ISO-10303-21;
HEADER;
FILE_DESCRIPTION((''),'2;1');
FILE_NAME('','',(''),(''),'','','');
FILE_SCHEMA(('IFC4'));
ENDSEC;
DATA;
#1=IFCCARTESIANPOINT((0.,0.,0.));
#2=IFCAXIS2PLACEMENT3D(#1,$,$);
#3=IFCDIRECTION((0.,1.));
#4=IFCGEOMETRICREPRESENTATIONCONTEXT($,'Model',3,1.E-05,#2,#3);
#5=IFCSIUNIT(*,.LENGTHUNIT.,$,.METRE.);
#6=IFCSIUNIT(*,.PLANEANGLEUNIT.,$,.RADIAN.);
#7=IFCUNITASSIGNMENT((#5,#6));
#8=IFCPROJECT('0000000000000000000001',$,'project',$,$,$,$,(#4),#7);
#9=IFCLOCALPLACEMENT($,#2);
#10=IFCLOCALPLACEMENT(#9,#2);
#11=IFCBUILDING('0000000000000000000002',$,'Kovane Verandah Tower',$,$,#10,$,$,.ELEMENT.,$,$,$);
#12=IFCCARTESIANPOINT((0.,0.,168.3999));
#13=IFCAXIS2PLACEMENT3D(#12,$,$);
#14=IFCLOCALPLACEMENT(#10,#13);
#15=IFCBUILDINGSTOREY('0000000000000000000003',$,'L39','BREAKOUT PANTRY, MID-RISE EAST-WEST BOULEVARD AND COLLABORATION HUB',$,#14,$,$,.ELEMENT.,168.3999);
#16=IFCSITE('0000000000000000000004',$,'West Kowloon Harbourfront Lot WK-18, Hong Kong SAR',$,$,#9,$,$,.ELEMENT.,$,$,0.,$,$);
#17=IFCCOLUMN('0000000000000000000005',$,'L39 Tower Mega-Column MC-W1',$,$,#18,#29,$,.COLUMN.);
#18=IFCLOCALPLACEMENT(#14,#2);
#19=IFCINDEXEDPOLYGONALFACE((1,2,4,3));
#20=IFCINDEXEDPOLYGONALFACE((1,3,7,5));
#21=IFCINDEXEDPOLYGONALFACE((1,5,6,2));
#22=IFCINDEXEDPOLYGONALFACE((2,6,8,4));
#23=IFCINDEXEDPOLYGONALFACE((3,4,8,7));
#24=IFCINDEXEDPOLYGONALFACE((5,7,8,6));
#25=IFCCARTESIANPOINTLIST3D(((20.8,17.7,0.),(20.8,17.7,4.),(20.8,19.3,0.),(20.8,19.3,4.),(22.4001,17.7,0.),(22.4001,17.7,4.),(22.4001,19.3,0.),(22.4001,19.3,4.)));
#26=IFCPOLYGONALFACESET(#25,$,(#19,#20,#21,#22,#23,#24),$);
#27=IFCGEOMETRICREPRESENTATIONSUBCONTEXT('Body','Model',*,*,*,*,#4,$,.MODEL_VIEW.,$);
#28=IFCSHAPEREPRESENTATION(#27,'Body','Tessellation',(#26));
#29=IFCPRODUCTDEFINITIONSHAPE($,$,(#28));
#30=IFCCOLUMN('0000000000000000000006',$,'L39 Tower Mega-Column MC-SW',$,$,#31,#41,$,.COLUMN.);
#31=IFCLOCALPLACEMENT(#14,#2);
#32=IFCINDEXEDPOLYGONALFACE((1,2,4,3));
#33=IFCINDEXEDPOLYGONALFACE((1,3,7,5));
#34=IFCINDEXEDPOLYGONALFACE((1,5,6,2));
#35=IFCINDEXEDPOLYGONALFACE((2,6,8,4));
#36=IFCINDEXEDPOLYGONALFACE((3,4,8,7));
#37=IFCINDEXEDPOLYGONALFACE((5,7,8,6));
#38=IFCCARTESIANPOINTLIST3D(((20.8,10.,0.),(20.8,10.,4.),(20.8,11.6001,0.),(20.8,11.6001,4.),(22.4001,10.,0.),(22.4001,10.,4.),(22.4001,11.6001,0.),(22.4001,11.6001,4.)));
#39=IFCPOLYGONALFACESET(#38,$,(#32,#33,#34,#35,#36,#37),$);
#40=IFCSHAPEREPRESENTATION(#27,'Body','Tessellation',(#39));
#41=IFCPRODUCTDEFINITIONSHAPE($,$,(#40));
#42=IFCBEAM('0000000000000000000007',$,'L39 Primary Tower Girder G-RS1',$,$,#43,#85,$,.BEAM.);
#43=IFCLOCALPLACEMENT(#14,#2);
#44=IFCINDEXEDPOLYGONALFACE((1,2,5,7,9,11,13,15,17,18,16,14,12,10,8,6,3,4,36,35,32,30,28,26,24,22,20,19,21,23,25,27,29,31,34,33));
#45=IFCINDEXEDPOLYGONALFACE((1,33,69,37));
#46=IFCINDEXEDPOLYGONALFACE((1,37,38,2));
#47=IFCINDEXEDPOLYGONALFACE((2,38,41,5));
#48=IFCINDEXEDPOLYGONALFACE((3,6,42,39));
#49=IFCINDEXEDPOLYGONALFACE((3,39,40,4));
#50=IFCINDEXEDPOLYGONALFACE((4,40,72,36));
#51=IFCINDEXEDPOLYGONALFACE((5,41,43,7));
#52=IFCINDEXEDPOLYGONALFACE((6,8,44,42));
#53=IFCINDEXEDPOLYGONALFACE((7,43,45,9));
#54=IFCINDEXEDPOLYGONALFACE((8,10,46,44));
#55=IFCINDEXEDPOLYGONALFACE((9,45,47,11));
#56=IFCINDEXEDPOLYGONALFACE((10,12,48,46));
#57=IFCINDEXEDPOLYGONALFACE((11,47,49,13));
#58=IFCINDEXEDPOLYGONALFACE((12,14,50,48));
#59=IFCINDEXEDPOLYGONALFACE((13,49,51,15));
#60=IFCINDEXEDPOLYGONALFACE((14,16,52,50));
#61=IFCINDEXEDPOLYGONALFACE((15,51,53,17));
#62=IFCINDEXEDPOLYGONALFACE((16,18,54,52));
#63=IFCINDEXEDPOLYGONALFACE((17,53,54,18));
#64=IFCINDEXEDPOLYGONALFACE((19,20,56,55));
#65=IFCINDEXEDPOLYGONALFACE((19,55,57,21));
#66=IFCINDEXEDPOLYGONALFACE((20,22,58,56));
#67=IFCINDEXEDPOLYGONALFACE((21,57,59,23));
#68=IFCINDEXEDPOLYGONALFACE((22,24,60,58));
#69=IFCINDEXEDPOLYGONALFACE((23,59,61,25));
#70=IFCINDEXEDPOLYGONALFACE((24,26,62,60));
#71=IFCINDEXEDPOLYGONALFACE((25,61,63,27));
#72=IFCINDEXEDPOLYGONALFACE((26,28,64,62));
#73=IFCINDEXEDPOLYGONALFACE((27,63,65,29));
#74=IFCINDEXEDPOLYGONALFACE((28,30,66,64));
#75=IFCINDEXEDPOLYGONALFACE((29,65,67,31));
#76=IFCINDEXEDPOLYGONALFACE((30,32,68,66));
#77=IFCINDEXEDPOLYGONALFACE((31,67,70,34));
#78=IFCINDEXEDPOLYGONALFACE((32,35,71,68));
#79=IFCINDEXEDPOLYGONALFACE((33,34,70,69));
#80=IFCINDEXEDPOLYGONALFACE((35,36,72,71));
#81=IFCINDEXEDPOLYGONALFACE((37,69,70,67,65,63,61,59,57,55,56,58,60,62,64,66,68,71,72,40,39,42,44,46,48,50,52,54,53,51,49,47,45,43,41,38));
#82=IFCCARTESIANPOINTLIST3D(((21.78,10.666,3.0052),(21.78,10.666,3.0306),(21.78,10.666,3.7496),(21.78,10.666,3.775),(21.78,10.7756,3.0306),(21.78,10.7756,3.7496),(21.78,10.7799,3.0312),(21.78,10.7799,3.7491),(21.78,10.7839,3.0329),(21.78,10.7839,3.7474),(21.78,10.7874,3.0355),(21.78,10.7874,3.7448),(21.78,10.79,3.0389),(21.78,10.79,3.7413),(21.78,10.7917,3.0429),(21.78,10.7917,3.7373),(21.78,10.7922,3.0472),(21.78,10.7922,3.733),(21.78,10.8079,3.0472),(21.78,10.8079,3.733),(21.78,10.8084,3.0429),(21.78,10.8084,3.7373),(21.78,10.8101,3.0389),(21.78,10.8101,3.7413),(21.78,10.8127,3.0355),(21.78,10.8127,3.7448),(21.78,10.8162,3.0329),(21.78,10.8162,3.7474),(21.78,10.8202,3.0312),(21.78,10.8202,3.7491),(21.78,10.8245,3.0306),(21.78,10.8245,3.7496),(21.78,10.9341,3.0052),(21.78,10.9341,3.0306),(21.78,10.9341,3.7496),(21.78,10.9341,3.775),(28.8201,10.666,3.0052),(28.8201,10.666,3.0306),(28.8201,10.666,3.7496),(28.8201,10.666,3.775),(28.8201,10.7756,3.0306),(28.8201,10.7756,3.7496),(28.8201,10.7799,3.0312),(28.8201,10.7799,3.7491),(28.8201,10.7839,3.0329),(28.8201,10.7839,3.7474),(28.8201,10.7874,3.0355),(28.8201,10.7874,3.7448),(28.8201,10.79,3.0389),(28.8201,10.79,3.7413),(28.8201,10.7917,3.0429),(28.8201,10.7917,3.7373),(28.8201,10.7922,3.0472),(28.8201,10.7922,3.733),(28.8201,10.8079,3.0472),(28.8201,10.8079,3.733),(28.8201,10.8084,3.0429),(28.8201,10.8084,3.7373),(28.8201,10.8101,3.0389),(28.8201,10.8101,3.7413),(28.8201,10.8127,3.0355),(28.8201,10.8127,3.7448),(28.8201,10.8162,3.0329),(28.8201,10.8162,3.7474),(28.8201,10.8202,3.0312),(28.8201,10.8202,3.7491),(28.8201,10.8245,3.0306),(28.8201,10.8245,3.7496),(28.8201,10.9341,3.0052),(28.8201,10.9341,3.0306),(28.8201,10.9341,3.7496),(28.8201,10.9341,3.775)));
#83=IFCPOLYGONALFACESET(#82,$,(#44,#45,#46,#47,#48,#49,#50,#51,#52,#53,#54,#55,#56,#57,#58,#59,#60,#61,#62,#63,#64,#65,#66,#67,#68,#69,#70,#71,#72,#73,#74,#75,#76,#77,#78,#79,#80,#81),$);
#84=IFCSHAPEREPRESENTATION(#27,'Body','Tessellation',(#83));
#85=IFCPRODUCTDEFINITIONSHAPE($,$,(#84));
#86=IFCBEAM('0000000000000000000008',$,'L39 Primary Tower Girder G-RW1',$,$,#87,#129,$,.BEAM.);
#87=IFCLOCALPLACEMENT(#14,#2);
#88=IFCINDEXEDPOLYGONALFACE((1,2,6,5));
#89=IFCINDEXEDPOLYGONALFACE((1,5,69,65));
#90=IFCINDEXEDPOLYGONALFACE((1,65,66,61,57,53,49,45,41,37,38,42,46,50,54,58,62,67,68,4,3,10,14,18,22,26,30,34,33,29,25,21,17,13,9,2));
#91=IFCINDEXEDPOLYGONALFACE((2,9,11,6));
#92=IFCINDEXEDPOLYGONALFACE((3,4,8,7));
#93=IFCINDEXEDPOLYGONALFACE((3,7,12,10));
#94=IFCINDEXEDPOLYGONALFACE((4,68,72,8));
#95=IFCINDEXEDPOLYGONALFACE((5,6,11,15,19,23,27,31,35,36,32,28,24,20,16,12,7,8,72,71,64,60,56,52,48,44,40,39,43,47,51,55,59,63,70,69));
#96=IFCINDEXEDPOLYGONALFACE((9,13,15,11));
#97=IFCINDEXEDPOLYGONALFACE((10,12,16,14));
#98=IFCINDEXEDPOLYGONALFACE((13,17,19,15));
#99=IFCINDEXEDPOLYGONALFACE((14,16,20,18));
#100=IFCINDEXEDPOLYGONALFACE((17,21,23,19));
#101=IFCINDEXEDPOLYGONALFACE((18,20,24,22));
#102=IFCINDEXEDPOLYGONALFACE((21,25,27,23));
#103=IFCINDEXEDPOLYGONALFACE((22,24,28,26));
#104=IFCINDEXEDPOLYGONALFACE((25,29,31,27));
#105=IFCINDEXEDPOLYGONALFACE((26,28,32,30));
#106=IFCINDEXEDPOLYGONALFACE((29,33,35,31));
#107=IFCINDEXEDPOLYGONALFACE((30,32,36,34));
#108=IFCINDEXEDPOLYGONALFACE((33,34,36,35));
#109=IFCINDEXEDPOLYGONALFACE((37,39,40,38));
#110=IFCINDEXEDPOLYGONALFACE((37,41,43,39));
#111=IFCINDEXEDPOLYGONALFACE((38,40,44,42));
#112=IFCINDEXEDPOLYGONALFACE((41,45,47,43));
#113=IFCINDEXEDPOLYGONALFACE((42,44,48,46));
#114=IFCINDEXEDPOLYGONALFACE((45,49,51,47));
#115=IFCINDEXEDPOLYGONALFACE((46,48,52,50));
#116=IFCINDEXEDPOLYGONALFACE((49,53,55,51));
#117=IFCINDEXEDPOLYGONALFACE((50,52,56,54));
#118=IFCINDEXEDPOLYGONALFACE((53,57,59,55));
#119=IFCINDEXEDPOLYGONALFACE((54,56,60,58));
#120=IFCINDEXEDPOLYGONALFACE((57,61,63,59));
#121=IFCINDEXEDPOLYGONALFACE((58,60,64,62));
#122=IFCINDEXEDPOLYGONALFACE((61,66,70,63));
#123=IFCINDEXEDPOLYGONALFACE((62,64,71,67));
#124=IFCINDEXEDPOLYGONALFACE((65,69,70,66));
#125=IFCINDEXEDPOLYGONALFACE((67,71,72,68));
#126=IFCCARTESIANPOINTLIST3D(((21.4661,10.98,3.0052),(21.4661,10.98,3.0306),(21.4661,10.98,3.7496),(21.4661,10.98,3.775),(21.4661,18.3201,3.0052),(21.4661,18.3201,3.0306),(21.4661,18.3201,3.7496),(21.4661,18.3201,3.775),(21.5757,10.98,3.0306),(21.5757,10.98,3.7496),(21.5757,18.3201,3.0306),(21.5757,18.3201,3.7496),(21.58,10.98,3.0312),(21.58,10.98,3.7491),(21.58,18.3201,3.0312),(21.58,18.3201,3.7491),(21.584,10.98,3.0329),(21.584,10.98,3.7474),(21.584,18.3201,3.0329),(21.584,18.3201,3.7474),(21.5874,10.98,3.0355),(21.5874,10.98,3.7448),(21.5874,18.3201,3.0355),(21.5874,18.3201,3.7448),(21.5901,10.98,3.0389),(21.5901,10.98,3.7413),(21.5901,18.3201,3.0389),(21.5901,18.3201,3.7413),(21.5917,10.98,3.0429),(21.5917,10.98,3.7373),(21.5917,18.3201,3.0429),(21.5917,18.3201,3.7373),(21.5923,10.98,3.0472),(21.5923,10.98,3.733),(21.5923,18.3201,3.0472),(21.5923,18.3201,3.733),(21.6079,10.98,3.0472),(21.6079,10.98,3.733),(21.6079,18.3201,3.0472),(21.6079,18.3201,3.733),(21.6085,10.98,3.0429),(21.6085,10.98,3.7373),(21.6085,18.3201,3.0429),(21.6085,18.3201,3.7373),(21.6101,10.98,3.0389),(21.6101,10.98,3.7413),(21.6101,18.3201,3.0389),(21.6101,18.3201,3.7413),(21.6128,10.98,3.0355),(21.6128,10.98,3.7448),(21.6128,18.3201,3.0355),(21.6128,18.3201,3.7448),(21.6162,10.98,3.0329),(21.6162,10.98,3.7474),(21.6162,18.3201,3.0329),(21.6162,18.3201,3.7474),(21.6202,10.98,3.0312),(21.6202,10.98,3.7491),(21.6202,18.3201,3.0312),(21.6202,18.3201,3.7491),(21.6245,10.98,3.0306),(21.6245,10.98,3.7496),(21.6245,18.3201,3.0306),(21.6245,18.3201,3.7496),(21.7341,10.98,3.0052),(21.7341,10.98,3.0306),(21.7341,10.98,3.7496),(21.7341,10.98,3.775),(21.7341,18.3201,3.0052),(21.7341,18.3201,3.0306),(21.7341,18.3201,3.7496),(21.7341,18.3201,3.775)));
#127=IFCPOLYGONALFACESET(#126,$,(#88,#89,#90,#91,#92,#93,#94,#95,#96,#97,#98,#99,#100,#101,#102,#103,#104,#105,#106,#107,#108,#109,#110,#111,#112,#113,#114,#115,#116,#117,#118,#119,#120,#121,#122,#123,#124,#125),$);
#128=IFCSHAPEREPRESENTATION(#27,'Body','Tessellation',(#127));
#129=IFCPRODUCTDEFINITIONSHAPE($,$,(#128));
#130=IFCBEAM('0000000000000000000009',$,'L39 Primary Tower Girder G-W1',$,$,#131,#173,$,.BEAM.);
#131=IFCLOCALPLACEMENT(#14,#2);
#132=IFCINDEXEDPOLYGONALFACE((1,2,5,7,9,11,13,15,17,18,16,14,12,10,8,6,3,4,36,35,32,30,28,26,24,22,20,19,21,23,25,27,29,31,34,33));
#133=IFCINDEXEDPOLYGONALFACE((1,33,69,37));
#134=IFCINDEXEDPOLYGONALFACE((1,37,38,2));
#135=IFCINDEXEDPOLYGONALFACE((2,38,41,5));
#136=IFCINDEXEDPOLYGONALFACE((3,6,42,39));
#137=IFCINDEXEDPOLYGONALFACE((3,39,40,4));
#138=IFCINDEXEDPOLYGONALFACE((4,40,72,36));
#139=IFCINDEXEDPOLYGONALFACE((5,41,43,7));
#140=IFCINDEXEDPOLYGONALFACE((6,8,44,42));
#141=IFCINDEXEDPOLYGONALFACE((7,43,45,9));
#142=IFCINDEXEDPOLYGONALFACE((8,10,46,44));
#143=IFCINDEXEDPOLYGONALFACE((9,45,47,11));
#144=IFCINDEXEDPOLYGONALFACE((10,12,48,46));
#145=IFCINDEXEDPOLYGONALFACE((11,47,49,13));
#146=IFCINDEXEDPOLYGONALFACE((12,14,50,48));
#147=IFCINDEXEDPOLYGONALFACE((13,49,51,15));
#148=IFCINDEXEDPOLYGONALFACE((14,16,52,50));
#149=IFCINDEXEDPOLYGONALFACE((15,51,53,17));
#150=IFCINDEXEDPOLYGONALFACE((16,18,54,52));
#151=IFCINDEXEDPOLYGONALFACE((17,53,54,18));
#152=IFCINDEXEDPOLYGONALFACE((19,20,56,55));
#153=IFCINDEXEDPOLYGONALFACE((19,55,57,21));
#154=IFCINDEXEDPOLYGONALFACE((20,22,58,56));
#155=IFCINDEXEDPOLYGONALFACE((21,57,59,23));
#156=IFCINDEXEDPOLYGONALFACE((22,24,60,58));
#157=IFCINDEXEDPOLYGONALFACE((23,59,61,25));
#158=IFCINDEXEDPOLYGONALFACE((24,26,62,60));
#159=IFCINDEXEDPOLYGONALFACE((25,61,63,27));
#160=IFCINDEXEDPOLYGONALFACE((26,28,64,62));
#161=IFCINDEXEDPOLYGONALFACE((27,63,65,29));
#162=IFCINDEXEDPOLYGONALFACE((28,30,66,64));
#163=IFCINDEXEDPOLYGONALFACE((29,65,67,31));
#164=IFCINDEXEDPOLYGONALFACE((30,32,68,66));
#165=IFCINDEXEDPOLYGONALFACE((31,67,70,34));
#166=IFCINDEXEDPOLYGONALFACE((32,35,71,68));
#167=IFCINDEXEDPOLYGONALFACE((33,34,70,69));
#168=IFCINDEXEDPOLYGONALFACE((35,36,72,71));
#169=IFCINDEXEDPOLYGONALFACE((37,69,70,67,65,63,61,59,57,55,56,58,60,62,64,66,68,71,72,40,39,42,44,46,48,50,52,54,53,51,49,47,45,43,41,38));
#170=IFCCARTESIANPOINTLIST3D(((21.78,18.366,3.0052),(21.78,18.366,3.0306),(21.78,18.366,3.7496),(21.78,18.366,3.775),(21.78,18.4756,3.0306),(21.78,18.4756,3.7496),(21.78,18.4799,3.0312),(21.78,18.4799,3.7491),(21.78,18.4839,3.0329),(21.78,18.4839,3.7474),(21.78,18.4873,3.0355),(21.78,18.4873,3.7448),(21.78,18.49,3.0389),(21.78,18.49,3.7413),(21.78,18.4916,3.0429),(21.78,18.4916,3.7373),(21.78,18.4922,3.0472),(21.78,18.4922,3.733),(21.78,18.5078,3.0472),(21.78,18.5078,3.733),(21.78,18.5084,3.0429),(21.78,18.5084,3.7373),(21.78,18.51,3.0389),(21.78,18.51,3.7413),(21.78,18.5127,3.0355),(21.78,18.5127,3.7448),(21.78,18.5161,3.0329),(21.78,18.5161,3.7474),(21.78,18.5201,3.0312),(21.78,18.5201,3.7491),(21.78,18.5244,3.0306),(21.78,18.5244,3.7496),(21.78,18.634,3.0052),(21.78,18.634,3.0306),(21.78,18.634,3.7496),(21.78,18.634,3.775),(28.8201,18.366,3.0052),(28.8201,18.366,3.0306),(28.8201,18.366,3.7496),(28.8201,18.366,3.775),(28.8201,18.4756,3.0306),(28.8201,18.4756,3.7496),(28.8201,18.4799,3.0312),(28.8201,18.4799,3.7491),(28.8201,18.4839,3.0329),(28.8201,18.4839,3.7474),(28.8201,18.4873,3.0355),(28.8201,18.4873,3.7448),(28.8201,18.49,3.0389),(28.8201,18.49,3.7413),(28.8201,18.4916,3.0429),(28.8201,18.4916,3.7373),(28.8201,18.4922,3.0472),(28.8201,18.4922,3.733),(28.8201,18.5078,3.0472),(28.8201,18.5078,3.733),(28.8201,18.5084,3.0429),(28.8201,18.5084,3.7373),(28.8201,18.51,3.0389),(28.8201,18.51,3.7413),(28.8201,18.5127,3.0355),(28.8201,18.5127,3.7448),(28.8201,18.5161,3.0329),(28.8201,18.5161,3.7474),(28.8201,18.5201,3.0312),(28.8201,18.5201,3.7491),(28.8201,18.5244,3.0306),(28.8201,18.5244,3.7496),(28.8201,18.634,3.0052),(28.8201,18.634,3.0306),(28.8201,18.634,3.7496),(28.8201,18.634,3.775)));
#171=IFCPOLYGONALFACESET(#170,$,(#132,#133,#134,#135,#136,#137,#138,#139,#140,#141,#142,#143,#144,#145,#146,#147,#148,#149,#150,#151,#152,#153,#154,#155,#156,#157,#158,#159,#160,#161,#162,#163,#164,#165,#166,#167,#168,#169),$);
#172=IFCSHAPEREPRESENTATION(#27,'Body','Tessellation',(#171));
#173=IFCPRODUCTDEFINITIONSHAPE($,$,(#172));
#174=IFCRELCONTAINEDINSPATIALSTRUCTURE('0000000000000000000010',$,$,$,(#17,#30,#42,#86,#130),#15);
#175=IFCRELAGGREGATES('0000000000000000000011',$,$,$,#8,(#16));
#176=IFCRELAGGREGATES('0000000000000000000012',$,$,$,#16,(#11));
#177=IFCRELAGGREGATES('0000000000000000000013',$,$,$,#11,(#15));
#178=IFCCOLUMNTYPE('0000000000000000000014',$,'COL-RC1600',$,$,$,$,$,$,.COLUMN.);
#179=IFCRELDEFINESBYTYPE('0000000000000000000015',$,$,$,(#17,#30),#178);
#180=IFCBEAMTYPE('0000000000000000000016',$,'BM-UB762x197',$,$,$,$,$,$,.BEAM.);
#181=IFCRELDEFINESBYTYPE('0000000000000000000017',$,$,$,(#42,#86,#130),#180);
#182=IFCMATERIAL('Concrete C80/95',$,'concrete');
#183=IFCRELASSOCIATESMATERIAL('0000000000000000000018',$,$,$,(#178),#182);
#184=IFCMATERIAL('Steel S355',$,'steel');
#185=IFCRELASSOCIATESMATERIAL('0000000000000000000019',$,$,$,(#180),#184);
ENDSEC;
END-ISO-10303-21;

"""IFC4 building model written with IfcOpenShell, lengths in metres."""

from ifc_helpers import new_model, si_unit, direction, frame, origin, origin_2d, place, context, subcontext, project, spatial, rectangle, i_section, extrude, material, material_profile, profile_set, type_object, element, save


model = new_model("IFC4")

# Units and contexts
model_context = context("Model", 3, precision=1e-05, world=origin(), true_north=direction((0.0, 1.0)))
body_context = subcontext(model_context, "Body", "Model", "MODEL_VIEW")
ifc_project = project(units=[si_unit("LENGTHUNIT", "METRE"), si_unit("PLANEANGLEUNIT", "RADIAN")], contexts=[model_context])

# Site, building, storey
site_placement = place(None, origin())
site = spatial("IfcSite", under=ifc_project, at=site_placement, Name="West Kowloon Harbourfront Lot WK-18, Hong Kong SAR", CompositionType="ELEMENT", RefElevation=0.0)
building_placement = place(site_placement, origin())
building = spatial("IfcBuilding", under=site, at=building_placement, Name="Kovane Verandah Tower", CompositionType="ELEMENT")
storey_placement = place(building_placement, frame((0.0, 0.0, 168.3999)))
storey = spatial("IfcBuildingStorey", under=building, at=storey_placement, Name="L39", Description="BREAKOUT PANTRY, MID-RISE EAST-WEST BOULEVARD AND COLLABORATION HUB", CompositionType="ELEMENT", Elevation=168.3999)

# Columns
ifc_material_1 = material(Name="Concrete C80/95", Category="concrete")
ifc_material_profile_1 = material_profile(ifc_material_1, rectangle(XDim=1.6001, YDim=1.6001, at=origin_2d()), Name="RC1600x1600")
ifc_profile_set_1 = profile_set([ifc_material_profile_1], Name="Concrete C80/95")
column_type = type_object("IfcColumnType", Name="COL-RC1600", PredefinedType="COLUMN", material=ifc_profile_set_1)
for number, where, z_axis, x_axis, name in (
    (1, (21.6001, 18.5, 0.0), (0.0, 0.0, 1.0), (1.0, 0.0, 0.0), "L39 Tower Mega-Column MC-W1"),
    (2, (21.6001, 10.8, 0.0), (0.0, 0.0, 1.0), (1.0, 0.0, 0.0), "L39 Tower Mega-Column MC-SW"),
):
    element("IfcColumn", number, at=place(storey_placement, frame(where, z_axis=z_axis, x_axis=x_axis)), inside=storey, type_object=column_type, Name=name, PredefinedType="COLUMN", context=body_context, shape_type="SweptSolid", body=[
        extrude(rectangle(XDim=1.6001, YDim=1.6001, at=origin_2d()), origin(), (0.0, 0.0, 1.0), 4.0),
    ])

# Beams
ifc_material_2 = material(Name="Steel S355", Category="steel")
ifc_material_profile_2 = material_profile(ifc_material_2, i_section(OverallWidth=0.2681, OverallDepth=0.7698, WebThickness=0.0156, FlangeThickness=0.0254, FilletRadius=0.0166, at=origin_2d()), Name="UB762x267x197")
ifc_profile_set_2 = profile_set([ifc_material_profile_2], Name="Steel S355")
beam_type_1 = type_object("IfcBeamType", Name="BM-UB762x197", PredefinedType="BEAM", material=ifc_profile_set_2)
beam_1_placement = place(storey_placement, frame((21.78, 10.8, 3.3901), z_axis=(1.0, 0.0, 0.0), x_axis=(0.0, 1.0, 0.0)))
element("IfcBeam", 3, at=beam_1_placement, inside=storey, type_object=beam_type_1, Name="L39 Primary Tower Girder G-RS1", PredefinedType="BEAM", context=body_context, shape_type="SweptSolid", body=[
    extrude(i_section(OverallWidth=0.2681, OverallDepth=0.7698, WebThickness=0.0156, FlangeThickness=0.0254, FilletRadius=0.0166, at=origin_2d()), origin(), (0.0, 0.0, 1.0), 7.04),
])
beam_2_placement = place(storey_placement, frame((21.6001, 10.98, 3.3901), z_axis=(0.0, 1.0, 0.0), x_axis=(-1.0, 0.0, 0.0)))
element("IfcBeam", 4, at=beam_2_placement, inside=storey, type_object=beam_type_1, Name="L39 Primary Tower Girder G-RW1", PredefinedType="BEAM", context=body_context, shape_type="SweptSolid", body=[
    extrude(i_section(OverallWidth=0.2681, OverallDepth=0.7698, WebThickness=0.0156, FlangeThickness=0.0254, FilletRadius=0.0166, at=origin_2d()), origin(), (0.0, 0.0, 1.0), 7.3401),
])
for number, where, z_axis, x_axis, name in (
    (5, (28.8201, 18.5, 3.3901), (-1.0, 0.0, 0.0), (0.0, -1.0, 0.0), "L39 Primary Tower Girder G-W1"),
):
    element("IfcBeam", number, at=place(storey_placement, frame(where, z_axis=z_axis, x_axis=x_axis)), inside=storey, type_object=beam_type_1, Name=name, PredefinedType="BEAM", context=body_context, shape_type="SweptSolid", body=[
        extrude(i_section(OverallWidth=0.2681, OverallDepth=0.7698, WebThickness=0.0156, FlangeThickness=0.0254, FilletRadius=0.0166, at=origin_2d()), origin(), (0.0, 0.0, 1.0), 7.04),
    ])

save(model, "model.ifc")
